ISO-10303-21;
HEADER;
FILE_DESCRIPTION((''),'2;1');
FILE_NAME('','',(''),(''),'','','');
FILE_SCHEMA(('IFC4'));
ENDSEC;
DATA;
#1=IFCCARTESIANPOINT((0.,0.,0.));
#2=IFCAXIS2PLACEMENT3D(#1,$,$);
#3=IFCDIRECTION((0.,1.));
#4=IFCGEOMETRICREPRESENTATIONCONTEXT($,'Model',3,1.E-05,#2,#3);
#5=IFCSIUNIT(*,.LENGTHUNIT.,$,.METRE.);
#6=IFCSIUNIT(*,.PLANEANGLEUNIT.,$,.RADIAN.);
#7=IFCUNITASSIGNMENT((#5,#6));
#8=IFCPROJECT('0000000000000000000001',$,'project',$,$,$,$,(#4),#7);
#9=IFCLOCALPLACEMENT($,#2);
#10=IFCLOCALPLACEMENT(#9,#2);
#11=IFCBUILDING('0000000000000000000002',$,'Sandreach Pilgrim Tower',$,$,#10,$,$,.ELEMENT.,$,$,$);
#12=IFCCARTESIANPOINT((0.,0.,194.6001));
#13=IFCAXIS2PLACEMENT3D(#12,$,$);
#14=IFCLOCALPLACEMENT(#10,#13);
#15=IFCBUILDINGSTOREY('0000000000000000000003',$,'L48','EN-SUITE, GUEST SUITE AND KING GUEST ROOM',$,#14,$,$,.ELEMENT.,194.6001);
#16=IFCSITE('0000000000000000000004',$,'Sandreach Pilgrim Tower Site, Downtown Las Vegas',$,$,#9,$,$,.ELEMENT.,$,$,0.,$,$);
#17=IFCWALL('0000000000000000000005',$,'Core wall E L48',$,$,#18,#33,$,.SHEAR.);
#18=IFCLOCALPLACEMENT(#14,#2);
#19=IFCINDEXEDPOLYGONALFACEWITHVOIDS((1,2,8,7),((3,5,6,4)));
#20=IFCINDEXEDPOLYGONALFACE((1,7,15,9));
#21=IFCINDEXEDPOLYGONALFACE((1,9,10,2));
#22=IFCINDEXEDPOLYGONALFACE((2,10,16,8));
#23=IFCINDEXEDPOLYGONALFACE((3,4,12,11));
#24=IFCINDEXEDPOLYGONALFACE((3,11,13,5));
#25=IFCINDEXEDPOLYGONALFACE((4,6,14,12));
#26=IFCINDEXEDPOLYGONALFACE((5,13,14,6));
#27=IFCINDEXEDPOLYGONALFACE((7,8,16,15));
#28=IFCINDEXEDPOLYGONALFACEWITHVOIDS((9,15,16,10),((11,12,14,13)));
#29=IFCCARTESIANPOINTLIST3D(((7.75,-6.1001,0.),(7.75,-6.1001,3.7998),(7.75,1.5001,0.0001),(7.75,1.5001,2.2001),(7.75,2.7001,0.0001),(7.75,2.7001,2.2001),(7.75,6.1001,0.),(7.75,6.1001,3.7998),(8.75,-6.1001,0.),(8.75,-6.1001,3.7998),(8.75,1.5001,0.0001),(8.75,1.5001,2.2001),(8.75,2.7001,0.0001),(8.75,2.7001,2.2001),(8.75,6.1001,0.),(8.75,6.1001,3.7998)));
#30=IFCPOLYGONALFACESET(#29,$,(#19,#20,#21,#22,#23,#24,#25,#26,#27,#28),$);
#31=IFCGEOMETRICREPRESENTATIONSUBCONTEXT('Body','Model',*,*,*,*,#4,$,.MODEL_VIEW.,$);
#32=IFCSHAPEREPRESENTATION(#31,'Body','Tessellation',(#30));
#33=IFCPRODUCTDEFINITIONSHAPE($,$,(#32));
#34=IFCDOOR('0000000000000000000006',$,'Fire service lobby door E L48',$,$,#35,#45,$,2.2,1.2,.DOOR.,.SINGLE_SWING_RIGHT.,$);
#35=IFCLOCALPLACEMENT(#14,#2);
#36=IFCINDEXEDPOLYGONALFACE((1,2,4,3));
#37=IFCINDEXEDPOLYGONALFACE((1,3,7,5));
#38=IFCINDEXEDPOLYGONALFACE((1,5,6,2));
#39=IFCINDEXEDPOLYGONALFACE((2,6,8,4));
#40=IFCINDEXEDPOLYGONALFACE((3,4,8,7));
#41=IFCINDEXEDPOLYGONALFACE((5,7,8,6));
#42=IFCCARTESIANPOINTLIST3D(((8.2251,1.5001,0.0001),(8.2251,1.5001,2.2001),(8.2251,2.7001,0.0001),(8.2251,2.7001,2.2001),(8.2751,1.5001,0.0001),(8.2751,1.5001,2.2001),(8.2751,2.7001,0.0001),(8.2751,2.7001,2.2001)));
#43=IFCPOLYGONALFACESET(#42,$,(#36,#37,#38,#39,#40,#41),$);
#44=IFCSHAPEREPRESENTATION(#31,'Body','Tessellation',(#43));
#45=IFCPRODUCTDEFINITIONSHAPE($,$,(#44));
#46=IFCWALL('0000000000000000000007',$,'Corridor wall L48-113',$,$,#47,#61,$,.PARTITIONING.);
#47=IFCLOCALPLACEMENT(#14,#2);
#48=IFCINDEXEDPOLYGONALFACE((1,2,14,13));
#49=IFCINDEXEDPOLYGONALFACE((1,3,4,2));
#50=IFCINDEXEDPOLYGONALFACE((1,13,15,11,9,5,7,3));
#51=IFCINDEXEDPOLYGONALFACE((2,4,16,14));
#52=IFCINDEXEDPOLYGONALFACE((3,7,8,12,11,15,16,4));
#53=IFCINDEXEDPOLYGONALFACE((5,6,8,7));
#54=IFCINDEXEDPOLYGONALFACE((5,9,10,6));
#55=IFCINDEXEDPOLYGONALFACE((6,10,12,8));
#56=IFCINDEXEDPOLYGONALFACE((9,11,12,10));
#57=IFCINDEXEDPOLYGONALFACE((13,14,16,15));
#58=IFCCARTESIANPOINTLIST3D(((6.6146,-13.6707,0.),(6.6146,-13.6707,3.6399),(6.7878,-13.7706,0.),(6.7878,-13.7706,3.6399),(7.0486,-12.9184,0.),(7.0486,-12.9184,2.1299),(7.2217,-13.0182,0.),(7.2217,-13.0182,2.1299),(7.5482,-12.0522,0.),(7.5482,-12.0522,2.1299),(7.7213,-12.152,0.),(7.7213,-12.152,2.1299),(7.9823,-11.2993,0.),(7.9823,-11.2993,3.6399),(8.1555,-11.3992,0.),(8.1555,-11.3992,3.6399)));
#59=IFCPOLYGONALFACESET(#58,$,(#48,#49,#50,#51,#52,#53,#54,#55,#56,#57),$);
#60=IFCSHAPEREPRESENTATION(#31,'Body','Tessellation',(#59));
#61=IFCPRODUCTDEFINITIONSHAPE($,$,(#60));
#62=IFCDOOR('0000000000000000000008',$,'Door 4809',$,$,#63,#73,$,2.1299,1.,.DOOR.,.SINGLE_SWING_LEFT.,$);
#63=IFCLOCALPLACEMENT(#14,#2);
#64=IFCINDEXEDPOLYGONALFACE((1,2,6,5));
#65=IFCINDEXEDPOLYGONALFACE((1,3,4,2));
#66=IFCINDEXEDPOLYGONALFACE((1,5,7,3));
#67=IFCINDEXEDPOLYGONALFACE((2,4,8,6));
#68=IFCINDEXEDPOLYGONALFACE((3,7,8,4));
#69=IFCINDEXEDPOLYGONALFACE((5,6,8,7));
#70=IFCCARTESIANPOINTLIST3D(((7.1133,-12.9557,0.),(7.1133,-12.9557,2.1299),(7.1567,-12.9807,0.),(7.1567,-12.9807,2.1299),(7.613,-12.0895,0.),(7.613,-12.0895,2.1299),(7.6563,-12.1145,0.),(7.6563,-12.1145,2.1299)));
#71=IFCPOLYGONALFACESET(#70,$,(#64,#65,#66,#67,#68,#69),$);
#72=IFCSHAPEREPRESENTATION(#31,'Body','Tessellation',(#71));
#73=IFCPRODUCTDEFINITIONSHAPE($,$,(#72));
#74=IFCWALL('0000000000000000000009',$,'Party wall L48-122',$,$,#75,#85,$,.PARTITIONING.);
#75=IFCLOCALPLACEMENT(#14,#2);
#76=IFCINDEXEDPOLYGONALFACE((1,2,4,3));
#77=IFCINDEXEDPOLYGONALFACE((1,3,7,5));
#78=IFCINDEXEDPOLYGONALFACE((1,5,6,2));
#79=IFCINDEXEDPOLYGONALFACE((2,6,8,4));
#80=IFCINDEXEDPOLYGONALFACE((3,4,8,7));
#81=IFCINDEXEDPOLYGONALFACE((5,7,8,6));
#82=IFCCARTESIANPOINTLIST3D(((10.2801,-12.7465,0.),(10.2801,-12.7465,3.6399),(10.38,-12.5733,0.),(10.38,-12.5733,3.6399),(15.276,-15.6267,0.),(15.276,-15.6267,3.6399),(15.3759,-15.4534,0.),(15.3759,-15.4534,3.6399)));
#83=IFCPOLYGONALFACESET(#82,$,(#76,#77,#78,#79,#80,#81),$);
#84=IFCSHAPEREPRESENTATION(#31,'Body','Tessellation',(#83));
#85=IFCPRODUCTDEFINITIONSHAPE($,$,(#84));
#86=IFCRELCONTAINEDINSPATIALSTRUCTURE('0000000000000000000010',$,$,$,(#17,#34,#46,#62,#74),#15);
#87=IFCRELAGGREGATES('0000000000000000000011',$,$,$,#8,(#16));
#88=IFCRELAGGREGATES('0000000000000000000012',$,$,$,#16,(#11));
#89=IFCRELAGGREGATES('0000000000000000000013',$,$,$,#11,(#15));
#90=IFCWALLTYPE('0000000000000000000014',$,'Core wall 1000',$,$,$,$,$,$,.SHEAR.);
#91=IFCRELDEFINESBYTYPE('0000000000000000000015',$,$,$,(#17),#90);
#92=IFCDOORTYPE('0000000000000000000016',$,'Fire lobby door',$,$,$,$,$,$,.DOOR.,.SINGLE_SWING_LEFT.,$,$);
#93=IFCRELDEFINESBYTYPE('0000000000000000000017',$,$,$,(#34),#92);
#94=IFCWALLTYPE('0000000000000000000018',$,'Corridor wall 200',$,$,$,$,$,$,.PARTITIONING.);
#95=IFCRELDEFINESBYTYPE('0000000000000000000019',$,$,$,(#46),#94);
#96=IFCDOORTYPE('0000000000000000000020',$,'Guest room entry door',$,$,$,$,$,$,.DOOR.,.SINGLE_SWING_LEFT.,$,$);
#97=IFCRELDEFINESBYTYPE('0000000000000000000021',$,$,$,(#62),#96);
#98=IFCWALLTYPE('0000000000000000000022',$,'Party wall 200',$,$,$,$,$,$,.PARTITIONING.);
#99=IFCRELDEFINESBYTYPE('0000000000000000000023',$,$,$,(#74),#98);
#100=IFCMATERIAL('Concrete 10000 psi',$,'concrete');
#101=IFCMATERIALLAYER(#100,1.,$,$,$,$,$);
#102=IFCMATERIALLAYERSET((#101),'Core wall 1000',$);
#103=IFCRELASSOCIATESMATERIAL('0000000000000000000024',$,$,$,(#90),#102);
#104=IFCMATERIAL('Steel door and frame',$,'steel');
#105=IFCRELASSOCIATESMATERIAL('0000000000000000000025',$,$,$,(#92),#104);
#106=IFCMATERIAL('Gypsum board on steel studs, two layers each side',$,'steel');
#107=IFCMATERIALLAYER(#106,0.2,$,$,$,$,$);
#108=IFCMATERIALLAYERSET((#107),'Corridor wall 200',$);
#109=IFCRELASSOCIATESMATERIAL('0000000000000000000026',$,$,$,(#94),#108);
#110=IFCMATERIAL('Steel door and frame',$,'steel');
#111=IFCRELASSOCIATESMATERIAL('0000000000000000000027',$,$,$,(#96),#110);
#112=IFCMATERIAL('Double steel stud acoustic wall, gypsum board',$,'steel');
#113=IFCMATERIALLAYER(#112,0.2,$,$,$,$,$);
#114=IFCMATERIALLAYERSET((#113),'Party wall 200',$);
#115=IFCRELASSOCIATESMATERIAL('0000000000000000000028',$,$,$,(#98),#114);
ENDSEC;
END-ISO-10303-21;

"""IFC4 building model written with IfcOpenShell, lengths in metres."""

from ifc_helpers import new_model, si_unit, direction, frame, frame_2d, origin, place, context, subcontext, project, spatial, rectangle, extrude, material, layer, layer_set, type_object, element, fill, save


model = new_model("IFC4")

# Units and contexts
model_context = context("Model", 3, precision=1e-05, world=origin(), true_north=direction((0.0, 1.0)))
body_context = subcontext(model_context, "Body", "Model", "MODEL_VIEW")
ifc_project = project(units=[si_unit("LENGTHUNIT", "METRE"), si_unit("PLANEANGLEUNIT", "RADIAN")], contexts=[model_context])

# Site, building, storey
site_placement = place(None, origin())
site = spatial("IfcSite", under=ifc_project, at=site_placement, Name="Sandreach Pilgrim Tower Site, Downtown Las Vegas", CompositionType="ELEMENT", RefElevation=0.0)
building_placement = place(site_placement, origin())
building = spatial("IfcBuilding", under=site, at=building_placement, Name="Sandreach Pilgrim Tower", CompositionType="ELEMENT")
storey_placement = place(building_placement, frame((0.0, 0.0, 194.6001)))
storey = spatial("IfcBuildingStorey", under=building, at=storey_placement, Name="L48", Description="EN-SUITE, GUEST SUITE AND KING GUEST ROOM", CompositionType="ELEMENT", Elevation=194.6001)

# Walls, openings, doors
ifc_material_1 = material(Name="Concrete 10000 psi", Category="concrete")
ifc_layer_1 = layer(ifc_material_1, 1.0)
ifc_layer_set_1 = layer_set([ifc_layer_1], Name="Core wall 1000")
wall_type_1 = type_object("IfcWallType", Name="Core wall 1000", PredefinedType="SHEAR", material=ifc_layer_set_1)
wall_1_placement = place(storey_placement, frame((8.25, -6.1001, 0.0), z_axis=(0.0, 0.0, 1.0), x_axis=(0.0, 1.0, 0.0)))
wall_1 = element("IfcWall", 1, at=wall_1_placement, inside=storey, type_object=wall_type_1, Name="Core wall E L48", PredefinedType="SHEAR", context=body_context, shape_type="SweptSolid", body=[
    extrude(rectangle(XDim=12.2002, YDim=1.0, at=frame_2d((6.1001, 0.0))), origin(), (0.0, 0.0, 1.0), 3.7998),
])
opening_1_placement = place(wall_1_placement, frame((7.6001, 0.0, 0.0)))
opening_1 = element("IfcOpeningElement", 2, at=opening_1_placement, cuts=wall_1, PredefinedType="OPENING", context=body_context, shape_type="SweptSolid", body=[
    extrude(rectangle(XDim=1.2, YDim=2.2, at=frame_2d((0.6001, 1.1001))), frame((0.0, 0.5, 0.0), z_axis=(0.0, -1.0, 0.0), x_axis=(1.0, 0.0, 0.0)), (0.0, 0.0, 1.0), 1.0),
])
ifc_material_2 = material(Name="Steel door and frame", Category="steel")
door_type_1 = type_object("IfcDoorType", Name="Fire lobby door", OperationType="SINGLE_SWING_LEFT", PredefinedType="DOOR", material=ifc_material_2)
door_1_placement = place(opening_1_placement, origin())
door_1 = element("IfcDoor", 3, at=door_1_placement, inside=storey, type_object=door_type_1, Name="Fire service lobby door E L48", OperationType="SINGLE_SWING_RIGHT", OverallHeight=2.2, OverallWidth=1.2, PredefinedType="DOOR", context=body_context, shape_type="SweptSolid", body=[
    extrude(rectangle(XDim=1.2, YDim=2.2, at=frame_2d((0.6001, 1.1001))), frame((0.0, 0.0249, 0.0), z_axis=(0.0, -1.0, 0.0), x_axis=(1.0, 0.0, 0.0)), (0.0, 0.0, 1.0), 0.05),
])
fill(opening_1, door_1)
ifc_material_3 = material(Name="Gypsum board on steel studs, two layers each side", Category="steel")
ifc_layer_2 = layer(ifc_material_3, 0.2)
ifc_layer_set_2 = layer_set([ifc_layer_2], Name="Corridor wall 200")
wall_type_2 = type_object("IfcWallType", Name="Corridor wall 200", PredefinedType="PARTITIONING", material=ifc_layer_set_2)
wall_2_placement = place(storey_placement, frame((8.0688, -11.3494, 0.0), z_axis=(0.0, 0.0, 1.0), x_axis=(-0.499612, -0.866249, 0.0)))
wall_2 = element("IfcWall", 4, at=wall_2_placement, inside=storey, type_object=wall_type_2, Name="Corridor wall L48-113", PredefinedType="PARTITIONING", context=body_context, shape_type="SweptSolid", body=[
    extrude(rectangle(XDim=2.7375, YDim=0.2, at=frame_2d((1.3687, 0.0))), origin(), (0.0, 0.0, 1.0), 3.6399),
])
opening_2_placement = place(wall_2_placement, frame((0.8689, 0.0, 0.0)))
opening_2 = element("IfcOpeningElement", 5, at=opening_2_placement, cuts=wall_2, PredefinedType="OPENING", context=body_context, shape_type="SweptSolid", body=[
    extrude(rectangle(XDim=1.0, YDim=2.1299, at=frame_2d((0.5, 1.0649))), frame((0.0, 0.1001, 0.0), z_axis=(0.0, -1.0, 0.0), x_axis=(1.0, 0.0, 0.0)), (0.0, 0.0, 1.0), 0.2),
])
ifc_material_4 = material(Name="Steel door and frame", Category="steel")
door_type_2 = type_object("IfcDoorType", Name="Guest room entry door", OperationType="SINGLE_SWING_LEFT", PredefinedType="DOOR", material=ifc_material_4)
door_2_placement = place(opening_2_placement, origin())
door_2 = element("IfcDoor", 6, at=door_2_placement, inside=storey, type_object=door_type_2, Name="Door 4809", OperationType="SINGLE_SWING_LEFT", OverallHeight=2.1299, OverallWidth=1.0, PredefinedType="DOOR", context=body_context, shape_type="SweptSolid", body=[
    extrude(rectangle(XDim=1.0, YDim=2.1299, at=frame_2d((0.5, 1.0649))), frame((0.0, 0.0249, 0.0), z_axis=(0.0, -1.0, 0.0), x_axis=(1.0, 0.0, 0.0)), (0.0, 0.0, 1.0), 0.05),
])
fill(opening_2, door_2)

# Wall
ifc_material_5 = material(Name="Double steel stud acoustic wall, gypsum board", Category="steel")
ifc_layer_3 = layer(ifc_material_5, 0.2)
ifc_layer_set_3 = layer_set([ifc_layer_3], Name="Party wall 200")
wall_type_3 = type_object("IfcWallType", Name="Party wall 200", PredefinedType="PARTITIONING", material=ifc_layer_set_3)
wall_3_placement = place(storey_placement, frame((10.3301, -12.6599, 0.0), z_axis=(0.0, 0.0, 1.0), x_axis=(0.866343, -0.49945, 0.0)))
element("IfcWall", 7, at=wall_3_placement, inside=storey, type_object=wall_type_3, Name="Party wall L48-122", PredefinedType="PARTITIONING", context=body_context, shape_type="SweptSolid", body=[
    extrude(rectangle(XDim=5.7666, YDim=0.2, at=frame_2d((2.8833, 0.0))), origin(), (0.0, 0.0, 1.0), 3.6399),
])

save(model, "model.ifc")
